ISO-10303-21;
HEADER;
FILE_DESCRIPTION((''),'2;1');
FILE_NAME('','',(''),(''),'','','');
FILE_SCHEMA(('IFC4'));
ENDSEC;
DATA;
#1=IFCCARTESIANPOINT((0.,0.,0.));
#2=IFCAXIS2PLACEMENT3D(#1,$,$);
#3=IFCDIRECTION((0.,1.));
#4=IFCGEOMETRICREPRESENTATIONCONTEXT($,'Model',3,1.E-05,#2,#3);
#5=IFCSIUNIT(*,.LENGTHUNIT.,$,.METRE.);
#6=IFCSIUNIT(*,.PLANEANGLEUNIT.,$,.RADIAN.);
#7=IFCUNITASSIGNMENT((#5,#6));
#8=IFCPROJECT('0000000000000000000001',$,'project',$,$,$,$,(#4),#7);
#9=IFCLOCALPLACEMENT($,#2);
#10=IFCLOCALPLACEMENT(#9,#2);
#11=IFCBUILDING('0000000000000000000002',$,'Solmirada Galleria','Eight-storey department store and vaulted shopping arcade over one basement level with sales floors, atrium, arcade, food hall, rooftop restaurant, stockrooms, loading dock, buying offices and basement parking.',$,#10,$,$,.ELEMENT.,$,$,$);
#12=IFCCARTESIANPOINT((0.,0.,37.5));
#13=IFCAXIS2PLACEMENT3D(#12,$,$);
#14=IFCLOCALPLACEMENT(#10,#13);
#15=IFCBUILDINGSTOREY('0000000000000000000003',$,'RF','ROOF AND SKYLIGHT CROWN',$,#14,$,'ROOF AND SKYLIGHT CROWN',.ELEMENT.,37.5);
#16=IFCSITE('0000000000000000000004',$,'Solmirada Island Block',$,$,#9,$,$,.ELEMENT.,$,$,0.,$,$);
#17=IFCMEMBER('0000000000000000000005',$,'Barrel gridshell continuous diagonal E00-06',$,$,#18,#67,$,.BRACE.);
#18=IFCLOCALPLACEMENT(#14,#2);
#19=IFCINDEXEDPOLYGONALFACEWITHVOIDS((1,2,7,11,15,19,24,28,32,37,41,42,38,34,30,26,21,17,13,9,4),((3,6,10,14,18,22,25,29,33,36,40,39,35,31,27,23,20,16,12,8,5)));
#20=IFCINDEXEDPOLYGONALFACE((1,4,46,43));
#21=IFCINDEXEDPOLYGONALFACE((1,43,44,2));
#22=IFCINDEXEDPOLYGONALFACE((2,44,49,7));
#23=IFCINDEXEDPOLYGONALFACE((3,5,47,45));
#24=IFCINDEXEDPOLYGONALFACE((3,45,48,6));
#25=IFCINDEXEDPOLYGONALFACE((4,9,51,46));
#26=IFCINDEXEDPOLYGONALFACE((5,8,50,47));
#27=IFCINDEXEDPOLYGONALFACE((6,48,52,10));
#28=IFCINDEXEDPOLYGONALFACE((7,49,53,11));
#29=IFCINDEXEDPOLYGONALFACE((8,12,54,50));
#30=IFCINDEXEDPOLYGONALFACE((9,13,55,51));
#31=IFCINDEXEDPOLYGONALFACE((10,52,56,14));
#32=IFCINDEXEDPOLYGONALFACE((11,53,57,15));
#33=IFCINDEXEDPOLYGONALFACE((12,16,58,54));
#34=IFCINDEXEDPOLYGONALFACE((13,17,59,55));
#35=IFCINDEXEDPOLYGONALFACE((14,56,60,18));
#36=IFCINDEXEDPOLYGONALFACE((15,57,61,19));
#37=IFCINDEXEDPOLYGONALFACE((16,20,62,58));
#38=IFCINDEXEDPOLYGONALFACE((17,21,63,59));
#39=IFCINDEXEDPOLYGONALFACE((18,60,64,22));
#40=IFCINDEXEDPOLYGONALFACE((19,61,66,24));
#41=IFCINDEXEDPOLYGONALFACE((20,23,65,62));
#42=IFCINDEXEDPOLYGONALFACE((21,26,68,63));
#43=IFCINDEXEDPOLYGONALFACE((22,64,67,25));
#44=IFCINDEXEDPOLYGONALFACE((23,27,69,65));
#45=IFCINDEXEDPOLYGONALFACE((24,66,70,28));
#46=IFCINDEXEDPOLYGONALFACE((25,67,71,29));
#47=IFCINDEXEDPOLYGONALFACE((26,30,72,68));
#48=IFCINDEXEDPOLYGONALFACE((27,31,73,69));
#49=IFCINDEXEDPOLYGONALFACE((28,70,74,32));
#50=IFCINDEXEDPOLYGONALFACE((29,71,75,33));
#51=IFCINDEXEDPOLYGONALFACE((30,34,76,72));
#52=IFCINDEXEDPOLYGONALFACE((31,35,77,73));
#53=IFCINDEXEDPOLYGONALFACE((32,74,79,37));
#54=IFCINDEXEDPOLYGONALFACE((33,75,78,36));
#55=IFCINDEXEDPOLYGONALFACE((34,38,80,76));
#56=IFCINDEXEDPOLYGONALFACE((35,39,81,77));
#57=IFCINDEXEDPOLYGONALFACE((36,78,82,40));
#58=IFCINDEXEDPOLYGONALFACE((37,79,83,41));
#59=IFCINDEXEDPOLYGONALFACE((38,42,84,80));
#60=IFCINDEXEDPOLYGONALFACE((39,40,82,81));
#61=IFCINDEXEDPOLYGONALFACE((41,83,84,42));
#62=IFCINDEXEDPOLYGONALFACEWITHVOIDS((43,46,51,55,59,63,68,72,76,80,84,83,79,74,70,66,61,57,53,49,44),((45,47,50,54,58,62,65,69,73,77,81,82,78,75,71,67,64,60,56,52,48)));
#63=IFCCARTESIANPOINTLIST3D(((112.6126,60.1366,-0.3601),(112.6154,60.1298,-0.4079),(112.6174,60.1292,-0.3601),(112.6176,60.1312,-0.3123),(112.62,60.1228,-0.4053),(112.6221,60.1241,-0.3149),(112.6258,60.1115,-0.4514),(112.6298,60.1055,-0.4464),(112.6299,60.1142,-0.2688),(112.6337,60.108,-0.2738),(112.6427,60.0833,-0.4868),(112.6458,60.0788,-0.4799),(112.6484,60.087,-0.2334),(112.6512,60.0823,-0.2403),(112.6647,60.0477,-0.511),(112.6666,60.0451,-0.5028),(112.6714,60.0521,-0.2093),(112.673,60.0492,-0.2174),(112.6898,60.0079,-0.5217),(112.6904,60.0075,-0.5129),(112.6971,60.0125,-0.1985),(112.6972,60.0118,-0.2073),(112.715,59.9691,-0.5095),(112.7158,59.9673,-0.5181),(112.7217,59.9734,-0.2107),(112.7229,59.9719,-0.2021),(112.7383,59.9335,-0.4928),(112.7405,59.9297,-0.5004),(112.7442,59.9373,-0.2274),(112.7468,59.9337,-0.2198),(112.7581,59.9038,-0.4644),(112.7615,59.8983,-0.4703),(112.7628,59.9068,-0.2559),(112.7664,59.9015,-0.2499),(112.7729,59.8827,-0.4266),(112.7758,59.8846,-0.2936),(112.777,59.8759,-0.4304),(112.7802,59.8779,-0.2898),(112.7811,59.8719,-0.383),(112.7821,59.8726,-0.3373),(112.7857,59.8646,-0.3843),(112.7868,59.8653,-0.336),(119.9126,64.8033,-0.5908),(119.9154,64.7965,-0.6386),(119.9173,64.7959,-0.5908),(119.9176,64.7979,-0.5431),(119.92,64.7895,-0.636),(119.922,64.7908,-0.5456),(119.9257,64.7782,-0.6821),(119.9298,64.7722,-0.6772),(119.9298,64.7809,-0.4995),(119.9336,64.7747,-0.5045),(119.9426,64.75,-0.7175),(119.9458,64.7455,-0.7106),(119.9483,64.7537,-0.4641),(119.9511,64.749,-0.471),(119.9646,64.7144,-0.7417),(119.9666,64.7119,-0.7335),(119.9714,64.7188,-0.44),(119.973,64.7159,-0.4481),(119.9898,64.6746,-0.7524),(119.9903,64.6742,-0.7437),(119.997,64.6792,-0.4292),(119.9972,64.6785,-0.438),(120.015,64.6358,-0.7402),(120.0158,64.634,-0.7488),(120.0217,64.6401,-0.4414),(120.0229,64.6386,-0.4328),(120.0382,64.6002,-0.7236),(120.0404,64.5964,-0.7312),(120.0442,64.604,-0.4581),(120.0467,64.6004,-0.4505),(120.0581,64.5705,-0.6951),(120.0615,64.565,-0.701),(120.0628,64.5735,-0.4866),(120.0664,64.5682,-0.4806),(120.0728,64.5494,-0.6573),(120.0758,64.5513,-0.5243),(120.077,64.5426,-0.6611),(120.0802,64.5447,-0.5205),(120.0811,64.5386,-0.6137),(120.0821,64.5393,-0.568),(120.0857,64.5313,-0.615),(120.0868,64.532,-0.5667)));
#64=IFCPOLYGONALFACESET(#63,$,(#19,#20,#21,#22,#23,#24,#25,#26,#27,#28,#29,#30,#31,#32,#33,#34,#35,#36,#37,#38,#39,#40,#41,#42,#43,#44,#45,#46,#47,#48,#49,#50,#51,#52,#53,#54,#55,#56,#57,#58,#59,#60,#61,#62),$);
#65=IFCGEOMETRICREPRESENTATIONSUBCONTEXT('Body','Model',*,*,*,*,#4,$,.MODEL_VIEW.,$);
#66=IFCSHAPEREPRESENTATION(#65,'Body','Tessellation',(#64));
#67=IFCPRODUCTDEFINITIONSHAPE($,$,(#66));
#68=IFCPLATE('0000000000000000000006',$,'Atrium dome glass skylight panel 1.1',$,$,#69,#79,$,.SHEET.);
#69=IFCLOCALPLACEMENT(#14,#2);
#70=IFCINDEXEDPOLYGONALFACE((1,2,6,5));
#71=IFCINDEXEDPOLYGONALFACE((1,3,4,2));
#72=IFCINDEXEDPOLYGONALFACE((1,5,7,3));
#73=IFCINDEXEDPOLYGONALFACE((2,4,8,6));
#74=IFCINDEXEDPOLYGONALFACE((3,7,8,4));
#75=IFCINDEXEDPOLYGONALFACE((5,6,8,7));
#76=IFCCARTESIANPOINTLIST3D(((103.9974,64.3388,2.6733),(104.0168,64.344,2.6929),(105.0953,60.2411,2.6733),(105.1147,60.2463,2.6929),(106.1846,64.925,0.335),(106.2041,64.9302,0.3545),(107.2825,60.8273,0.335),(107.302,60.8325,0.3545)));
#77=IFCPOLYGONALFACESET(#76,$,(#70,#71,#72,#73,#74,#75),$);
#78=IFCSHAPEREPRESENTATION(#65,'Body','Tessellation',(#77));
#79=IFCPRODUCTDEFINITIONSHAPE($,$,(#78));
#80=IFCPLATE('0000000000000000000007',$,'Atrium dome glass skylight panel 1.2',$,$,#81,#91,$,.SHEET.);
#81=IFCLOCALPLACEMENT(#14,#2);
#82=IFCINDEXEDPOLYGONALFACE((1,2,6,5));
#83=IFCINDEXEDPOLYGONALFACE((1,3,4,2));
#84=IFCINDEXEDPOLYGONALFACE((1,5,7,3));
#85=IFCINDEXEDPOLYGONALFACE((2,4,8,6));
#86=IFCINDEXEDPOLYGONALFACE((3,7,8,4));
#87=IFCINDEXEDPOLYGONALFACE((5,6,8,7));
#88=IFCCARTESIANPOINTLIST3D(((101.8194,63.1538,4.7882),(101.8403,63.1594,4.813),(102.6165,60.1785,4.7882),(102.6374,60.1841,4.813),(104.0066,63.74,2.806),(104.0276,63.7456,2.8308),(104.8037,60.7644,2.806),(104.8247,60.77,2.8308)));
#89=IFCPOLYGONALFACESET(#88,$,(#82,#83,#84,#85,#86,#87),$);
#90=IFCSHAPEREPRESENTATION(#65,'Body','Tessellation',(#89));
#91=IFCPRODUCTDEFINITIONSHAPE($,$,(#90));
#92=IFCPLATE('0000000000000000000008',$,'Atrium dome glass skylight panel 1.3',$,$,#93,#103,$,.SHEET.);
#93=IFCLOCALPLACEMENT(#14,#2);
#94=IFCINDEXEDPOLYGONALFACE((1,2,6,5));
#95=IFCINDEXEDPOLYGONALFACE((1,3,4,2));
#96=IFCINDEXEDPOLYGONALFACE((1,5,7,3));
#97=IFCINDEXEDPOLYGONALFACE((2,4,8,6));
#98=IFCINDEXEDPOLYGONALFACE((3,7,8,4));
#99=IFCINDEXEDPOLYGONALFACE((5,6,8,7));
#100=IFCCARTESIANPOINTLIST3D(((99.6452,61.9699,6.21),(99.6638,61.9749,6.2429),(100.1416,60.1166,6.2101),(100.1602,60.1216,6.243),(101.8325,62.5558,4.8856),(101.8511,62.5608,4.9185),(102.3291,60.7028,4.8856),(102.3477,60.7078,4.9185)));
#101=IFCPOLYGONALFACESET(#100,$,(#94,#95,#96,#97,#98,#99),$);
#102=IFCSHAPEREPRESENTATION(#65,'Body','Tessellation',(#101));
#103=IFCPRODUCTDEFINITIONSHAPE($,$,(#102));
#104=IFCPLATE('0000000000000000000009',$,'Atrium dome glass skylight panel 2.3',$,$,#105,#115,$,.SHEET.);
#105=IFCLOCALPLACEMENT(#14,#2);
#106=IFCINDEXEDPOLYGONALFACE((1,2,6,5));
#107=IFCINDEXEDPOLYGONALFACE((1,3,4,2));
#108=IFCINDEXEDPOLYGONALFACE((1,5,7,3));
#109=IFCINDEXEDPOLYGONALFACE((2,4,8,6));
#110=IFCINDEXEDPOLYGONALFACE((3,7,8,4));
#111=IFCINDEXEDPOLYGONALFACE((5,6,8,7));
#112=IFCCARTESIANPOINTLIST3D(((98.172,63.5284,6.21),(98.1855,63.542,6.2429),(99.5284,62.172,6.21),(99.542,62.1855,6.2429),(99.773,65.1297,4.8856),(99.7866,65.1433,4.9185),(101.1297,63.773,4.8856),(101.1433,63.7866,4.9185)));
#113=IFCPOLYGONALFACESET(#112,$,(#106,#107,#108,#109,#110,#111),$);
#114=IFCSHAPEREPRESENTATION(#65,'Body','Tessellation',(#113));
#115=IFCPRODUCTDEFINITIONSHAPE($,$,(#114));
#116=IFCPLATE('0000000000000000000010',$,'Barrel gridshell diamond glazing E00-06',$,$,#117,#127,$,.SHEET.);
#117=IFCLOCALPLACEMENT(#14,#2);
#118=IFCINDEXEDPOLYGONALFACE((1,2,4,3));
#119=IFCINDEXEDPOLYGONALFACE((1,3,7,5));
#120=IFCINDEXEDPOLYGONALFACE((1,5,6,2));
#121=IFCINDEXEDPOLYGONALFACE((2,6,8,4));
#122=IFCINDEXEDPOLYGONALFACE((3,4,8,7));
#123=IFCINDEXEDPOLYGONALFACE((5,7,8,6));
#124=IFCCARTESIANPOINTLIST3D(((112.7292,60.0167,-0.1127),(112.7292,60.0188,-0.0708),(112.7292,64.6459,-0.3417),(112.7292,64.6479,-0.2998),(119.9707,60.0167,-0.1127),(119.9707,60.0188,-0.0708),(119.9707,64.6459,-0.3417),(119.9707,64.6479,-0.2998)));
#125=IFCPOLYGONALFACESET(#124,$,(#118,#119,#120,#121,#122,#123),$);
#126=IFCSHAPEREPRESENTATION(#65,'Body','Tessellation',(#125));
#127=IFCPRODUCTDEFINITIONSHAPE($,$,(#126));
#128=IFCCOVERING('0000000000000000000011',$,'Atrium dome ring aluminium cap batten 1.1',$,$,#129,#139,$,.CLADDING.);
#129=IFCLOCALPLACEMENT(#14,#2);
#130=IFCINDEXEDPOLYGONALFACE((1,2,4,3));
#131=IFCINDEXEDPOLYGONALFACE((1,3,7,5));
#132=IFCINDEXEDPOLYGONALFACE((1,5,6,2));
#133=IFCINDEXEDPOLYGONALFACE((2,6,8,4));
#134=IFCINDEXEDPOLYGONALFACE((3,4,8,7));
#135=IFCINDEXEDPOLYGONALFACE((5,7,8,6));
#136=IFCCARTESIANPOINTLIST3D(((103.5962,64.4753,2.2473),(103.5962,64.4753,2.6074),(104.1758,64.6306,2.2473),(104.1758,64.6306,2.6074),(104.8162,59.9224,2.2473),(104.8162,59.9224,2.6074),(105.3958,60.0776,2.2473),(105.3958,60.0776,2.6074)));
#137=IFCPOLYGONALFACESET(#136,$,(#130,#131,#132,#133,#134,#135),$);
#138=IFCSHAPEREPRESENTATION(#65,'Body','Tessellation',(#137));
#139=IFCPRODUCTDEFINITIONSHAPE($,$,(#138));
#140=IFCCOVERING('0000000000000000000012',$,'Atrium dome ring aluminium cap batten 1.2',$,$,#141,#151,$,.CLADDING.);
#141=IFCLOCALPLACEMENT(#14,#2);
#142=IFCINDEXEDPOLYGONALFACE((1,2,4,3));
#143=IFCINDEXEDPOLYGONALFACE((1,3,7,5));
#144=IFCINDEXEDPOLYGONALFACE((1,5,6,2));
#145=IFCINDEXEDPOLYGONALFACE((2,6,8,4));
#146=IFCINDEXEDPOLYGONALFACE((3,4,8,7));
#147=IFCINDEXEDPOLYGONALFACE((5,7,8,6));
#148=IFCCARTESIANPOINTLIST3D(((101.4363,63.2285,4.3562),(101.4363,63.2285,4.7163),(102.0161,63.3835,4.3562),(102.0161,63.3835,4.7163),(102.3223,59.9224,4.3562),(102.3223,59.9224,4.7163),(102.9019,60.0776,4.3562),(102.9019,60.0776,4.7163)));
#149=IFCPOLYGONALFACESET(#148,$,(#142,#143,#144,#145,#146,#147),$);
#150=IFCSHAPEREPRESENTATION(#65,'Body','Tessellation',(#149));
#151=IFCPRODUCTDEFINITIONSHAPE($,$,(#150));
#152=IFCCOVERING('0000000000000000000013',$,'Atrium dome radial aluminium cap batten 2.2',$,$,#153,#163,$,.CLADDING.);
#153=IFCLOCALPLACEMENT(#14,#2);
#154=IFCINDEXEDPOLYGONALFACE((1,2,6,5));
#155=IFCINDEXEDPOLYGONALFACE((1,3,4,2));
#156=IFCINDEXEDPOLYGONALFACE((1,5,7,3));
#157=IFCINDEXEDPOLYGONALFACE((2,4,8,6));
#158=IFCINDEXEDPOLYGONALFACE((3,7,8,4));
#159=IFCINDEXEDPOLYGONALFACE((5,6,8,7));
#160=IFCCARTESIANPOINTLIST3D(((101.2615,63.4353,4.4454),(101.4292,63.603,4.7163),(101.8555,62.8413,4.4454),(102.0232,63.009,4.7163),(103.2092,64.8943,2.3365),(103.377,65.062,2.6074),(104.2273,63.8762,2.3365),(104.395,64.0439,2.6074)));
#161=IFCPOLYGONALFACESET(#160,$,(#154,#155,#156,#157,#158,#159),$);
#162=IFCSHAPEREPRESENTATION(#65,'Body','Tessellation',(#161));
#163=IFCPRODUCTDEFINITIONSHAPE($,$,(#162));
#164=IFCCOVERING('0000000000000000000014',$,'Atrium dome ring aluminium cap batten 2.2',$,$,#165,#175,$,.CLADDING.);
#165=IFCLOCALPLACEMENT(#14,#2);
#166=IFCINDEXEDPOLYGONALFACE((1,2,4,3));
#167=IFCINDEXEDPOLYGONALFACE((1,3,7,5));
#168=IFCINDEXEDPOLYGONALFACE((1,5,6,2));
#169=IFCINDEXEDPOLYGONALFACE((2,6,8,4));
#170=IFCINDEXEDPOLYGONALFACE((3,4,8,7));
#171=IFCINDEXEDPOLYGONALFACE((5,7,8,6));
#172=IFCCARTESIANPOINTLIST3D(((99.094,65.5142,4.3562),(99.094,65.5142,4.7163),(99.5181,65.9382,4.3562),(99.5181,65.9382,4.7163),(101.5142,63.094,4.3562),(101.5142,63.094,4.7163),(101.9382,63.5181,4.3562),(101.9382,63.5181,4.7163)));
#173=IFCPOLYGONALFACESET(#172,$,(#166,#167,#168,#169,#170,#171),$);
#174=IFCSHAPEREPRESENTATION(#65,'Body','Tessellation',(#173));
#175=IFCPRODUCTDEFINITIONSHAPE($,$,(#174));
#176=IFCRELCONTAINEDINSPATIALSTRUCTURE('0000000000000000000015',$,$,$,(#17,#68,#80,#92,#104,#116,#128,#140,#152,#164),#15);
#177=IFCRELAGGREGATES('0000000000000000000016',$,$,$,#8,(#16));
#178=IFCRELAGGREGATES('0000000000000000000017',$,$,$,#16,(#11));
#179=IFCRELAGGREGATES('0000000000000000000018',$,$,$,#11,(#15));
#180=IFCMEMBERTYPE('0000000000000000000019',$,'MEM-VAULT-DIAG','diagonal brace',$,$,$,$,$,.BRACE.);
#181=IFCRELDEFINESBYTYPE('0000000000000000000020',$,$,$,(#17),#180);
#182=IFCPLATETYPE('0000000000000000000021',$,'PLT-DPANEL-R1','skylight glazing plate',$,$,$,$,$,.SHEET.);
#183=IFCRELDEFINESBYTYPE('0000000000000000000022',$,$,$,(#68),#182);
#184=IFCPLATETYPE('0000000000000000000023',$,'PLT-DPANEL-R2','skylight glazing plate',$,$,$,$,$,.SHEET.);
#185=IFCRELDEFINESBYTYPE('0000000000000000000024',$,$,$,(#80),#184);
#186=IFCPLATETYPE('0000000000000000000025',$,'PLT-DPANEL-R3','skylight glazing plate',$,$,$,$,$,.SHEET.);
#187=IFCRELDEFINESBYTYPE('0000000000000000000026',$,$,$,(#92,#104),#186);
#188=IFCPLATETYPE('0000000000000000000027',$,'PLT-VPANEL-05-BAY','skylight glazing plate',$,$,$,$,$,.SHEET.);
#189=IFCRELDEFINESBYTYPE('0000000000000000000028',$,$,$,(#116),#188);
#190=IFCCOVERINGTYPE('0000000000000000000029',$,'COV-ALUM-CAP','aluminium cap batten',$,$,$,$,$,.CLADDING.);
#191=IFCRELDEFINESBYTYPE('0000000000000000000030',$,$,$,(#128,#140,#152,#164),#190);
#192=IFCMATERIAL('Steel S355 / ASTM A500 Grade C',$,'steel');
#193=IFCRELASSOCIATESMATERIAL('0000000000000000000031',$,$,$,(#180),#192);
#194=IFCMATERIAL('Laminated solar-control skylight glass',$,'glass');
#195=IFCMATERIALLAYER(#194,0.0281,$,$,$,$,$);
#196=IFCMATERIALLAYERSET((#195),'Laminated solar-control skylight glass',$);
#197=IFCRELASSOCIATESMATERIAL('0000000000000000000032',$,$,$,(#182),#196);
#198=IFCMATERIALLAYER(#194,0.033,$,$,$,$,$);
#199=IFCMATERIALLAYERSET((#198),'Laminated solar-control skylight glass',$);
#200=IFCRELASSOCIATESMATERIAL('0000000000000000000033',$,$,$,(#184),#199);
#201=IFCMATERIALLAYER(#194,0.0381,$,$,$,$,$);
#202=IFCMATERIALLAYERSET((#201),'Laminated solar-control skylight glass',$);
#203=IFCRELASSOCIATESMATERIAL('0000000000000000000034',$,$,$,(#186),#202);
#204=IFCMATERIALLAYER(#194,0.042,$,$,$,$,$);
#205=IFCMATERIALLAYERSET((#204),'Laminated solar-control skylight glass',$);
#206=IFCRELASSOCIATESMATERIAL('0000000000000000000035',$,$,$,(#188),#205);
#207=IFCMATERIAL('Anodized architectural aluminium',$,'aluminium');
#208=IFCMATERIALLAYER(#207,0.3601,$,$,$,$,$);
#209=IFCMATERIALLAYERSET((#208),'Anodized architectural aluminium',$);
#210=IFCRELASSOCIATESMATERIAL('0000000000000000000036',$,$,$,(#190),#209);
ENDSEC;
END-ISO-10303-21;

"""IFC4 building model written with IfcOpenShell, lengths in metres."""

from ifc_helpers import new_model, si_unit, direction, frame, origin, origin_2d, place, context, subcontext, project, spatial, polyline, hollow_circle, outline, extrude, material, layer, layer_set, material_profile, profile_set, type_object, element, save


model = new_model("IFC4")

# Units and contexts
model_context = context("Model", 3, precision=1e-05, world=origin(), true_north=direction((0.0, 1.0)))
body_context = subcontext(model_context, "Body", "Model", "MODEL_VIEW")
ifc_project = project(units=[si_unit("LENGTHUNIT", "METRE"), si_unit("PLANEANGLEUNIT", "RADIAN")], contexts=[model_context])

# Site, building, storey
site_placement = place(None, origin())
site = spatial("IfcSite", under=ifc_project, at=site_placement, Name="Solmirada Island Block", CompositionType="ELEMENT", RefElevation=0.0)
building_placement = place(site_placement, origin())
building = spatial("IfcBuilding", under=site, at=building_placement, Name="Solmirada Galleria", Description="Eight-storey department store and vaulted shopping arcade over one basement level with sales floors, atrium, arcade, food hall, rooftop restaurant, stockrooms, loading dock, buying offices and basement parking.", CompositionType="ELEMENT")
storey_placement = place(building_placement, frame((0.0, 0.0, 37.5)))
storey = spatial("IfcBuildingStorey", under=building, at=storey_placement, Name="RF", Description="ROOF AND SKYLIGHT CROWN", LongName="ROOF AND SKYLIGHT CROWN", CompositionType="ELEMENT", Elevation=37.5)

# Member
ifc_material_1 = material(Name="Steel S355 / ASTM A500 Grade C", Category="steel")
ifc_material_profile_1 = material_profile(ifc_material_1, hollow_circle(Radius=0.1621, WallThickness=0.0088, at=origin_2d()), Name="HSS12.750X0.375")
ifc_profile_set_1 = profile_set([ifc_material_profile_1], Name="Steel S355 / ASTM A500 Grade C")
member_type_1 = type_object("IfcMemberType", Name="MEM-VAULT-DIAG", Description="diagonal brace", PredefinedType="BRACE", material=ifc_profile_set_1)
member_1_placement = place(storey_placement, frame((112.7, 60.0, -0.3601), z_axis=(0.84225, 0.53843, -0.026619), x_axis=(-0.538621, 0.842548, 0.0)))
element("IfcMember", 1, at=member_1_placement, inside=storey, type_object=member_type_1, Name="Barrel gridshell continuous diagonal E00-06", PredefinedType="BRACE", context=body_context, shape_type="SweptSolid", body=[
    extrude(hollow_circle(Radius=0.1621, WallThickness=0.0088, at=origin_2d()), origin(), (0.0, 0.0, 1.0), 8.6672),
])

# Plates
ifc_material_2 = material(Name="Laminated solar-control skylight glass", Category="glass")
ifc_layer_1 = layer(ifc_material_2, 0.0281)
ifc_layer_set_1 = layer_set([ifc_layer_1], Name="Laminated solar-control skylight glass")
plate_type_1 = type_object("IfcPlateType", Name="PLT-DPANEL-R1", Description="skylight glazing plate", PredefinedType="SHEET", material=ifc_layer_set_1)
plate_1_placement = place(storey_placement, frame((107.302, 60.8325, 0.3545), z_axis=(0.693897, 0.185919, 0.695658), x_axis=(-0.258805, 0.96593, 0.0)))
element("IfcPlate", 2, at=plate_1_placement, inside=storey, type_object=plate_type_1, Name="Atrium dome glass skylight panel 1.1", PredefinedType="SHEET", context=body_context, shape_type="SweptSolid", body=[
    extrude(outline(polyline([(0.0, 0.0), (4.2422, 0.0), (4.2421, 3.2551), (-0.0001, 3.2551), (0.0, 0.0)])), origin(), (0.0, 0.0, -1.0), 0.0281),
])
ifc_layer_2 = layer(ifc_material_2, 0.033)
ifc_layer_set_2 = layer_set([ifc_layer_2], Name="Laminated solar-control skylight glass")
plate_type_2 = type_object("IfcPlateType", Name="PLT-DPANEL-R2", Description="skylight glazing plate", PredefinedType="SHEET", material=ifc_layer_set_2)
plate_2_placement = place(storey_placement, frame((104.8247, 60.77, 2.8308), z_axis=(0.636224, 0.170443, 0.752442), x_axis=(-0.258767, 0.96594, -0.000005)))
element("IfcPlate", 3, at=plate_2_placement, inside=storey, type_object=plate_type_2, Name="Atrium dome glass skylight panel 1.2", PredefinedType="SHEET", context=body_context, shape_type="SweptSolid", body=[
    extrude(outline(polyline([(0.0, 0.0), (3.0805, 0.0), (3.0803, 3.0094), (0.0, 3.0094), (0.0, 0.0)])), origin(), (0.0, 0.0, -1.0), 0.033),
])
ifc_layer_3 = layer(ifc_material_2, 0.0381)
ifc_layer_set_3 = layer_set([ifc_layer_3], Name="Laminated solar-control skylight glass")
plate_type_3 = type_object("IfcPlateType", Name="PLT-DPANEL-R3", Description="skylight glazing plate", PredefinedType="SHEET", material=ifc_layer_set_3)
plate_3_placement = place(storey_placement, frame((102.3477, 60.7078, 4.9185), z_axis=(0.487666, 0.130646, 0.8632), x_axis=(-0.258831, 0.965923, 0.000034)))
element("IfcPlate", 4, at=plate_3_placement, inside=storey, type_object=plate_type_3, Name="Atrium dome glass skylight panel 1.3", PredefinedType="SHEET", context=body_context, shape_type="SweptSolid", body=[
    extrude(outline(polyline([(0.0, 0.0), (1.9184, 0.0), (1.9186, 2.6233), (0.0, 2.6235), (0.0, 0.0)])), origin(), (0.0, 0.0, -1.0), 0.0381),
])
plate_4_placement = place(storey_placement, frame((101.1433, 63.7866, 4.9185), z_axis=(0.357003, 0.357003, 0.86319), x_axis=(-0.707107, 0.707107, 0.0)))
element("IfcPlate", 5, at=plate_4_placement, inside=storey, type_object=plate_type_3, Name="Atrium dome glass skylight panel 2.3", PredefinedType="SHEET", context=body_context, shape_type="SweptSolid", body=[
    extrude(outline(polyline([(0.0, 0.0), (1.9186, 0.0), (1.9185, 2.6233), (0.0002, 2.6233), (0.0, 0.0)])), origin(), (0.0, 0.0, -1.0), 0.0381),
])
ifc_layer_4 = layer(ifc_material_2, 0.042)
ifc_layer_set_4 = layer_set([ifc_layer_4], Name="Laminated solar-control skylight glass")
plate_type_4 = type_object("IfcPlateType", Name="PLT-VPANEL-05-BAY", Description="skylight glazing plate", PredefinedType="SHEET", material=ifc_layer_set_4)
plate_5_placement = place(storey_placement, frame((112.7292, 60.0188, -0.0708), z_axis=(0.0, 0.04941, 0.998779), x_axis=(1.0, 0.0, 0.0)))
element("IfcPlate", 6, at=plate_5_placement, inside=storey, type_object=plate_type_4, Name="Barrel gridshell diamond glazing E00-06", PredefinedType="SHEET", context=body_context, shape_type="SweptSolid", body=[
    extrude(outline(polyline([(0.0, 0.0), (7.2415, 0.0), (7.2415, 4.6348), (0.0, 4.6348), (0.0, 0.0)])), origin(), (0.0, 0.0, -1.0), 0.042),
])

# Coverings
ifc_material_3 = material(Name="Anodized architectural aluminium", Category="aluminium")
ifc_layer_5 = layer(ifc_material_3, 0.3601)
ifc_layer_set_5 = layer_set([ifc_layer_5], Name="Anodized architectural aluminium")
covering_type = type_object("IfcCoveringType", Name="COV-ALUM-CAP", Description="aluminium cap batten", PredefinedType="CLADDING", material=ifc_layer_set_5)
covering_1_placement = place(storey_placement, frame((105.3958, 60.0776, 2.6074), z_axis=(0.0, 0.0, 1.0), x_axis=(-0.965937, -0.258777, 0.0)))
element("IfcCovering", 7, at=covering_1_placement, inside=storey, type_object=covering_type, Name="Atrium dome ring aluminium cap batten 1.1", PredefinedType="CLADDING", context=body_context, shape_type="SweptSolid", body=[
    extrude(outline(polyline([(0.0, 0.0), (0.6, 0.0), (0.6002, -4.7136), (0.0002, -4.7136), (0.0, 0.0)])), origin(), (0.0, 0.0, -1.0), 0.3601),
])
covering_2_placement = place(storey_placement, frame((102.9019, 60.0776, 4.7163), z_axis=(0.0, 0.0, 1.0), x_axis=(-0.965937, -0.258777, 0.0)))
element("IfcCovering", 8, at=covering_2_placement, inside=storey, type_object=covering_type, Name="Atrium dome ring aluminium cap batten 1.2", PredefinedType="CLADDING", context=body_context, shape_type="SweptSolid", body=[
    extrude(outline(polyline([(0.0, 0.0), (0.6, 0.0), (0.6003, -3.4228), (0.0001, -3.4225), (0.0, 0.0)])), origin(), (0.0, 0.0, -1.0), 0.3601),
])
covering_3_placement = place(storey_placement, frame((104.395, 64.0439, 2.6074), z_axis=(0.465768, 0.465768, 0.75241), x_axis=(-0.707107, 0.707107, 0.0)))
element("IfcCovering", 9, at=covering_3_placement, inside=storey, type_object=covering_type, Name="Atrium dome radial aluminium cap batten 2.2", PredefinedType="CLADDING", context=body_context, shape_type="SweptSolid", body=[
    extrude(outline(polyline([(0.0, 0.0), (1.4398, 0.0), (1.7854, 3.2016), (0.9453, 3.2016), (0.0, 0.0)])), origin(), (0.0, 0.0, -1.0), 0.3601),
])
covering_4_placement = place(storey_placement, frame((101.9382, 63.5181, 4.7163), z_axis=(0.0, 0.0, 1.0), x_axis=(-0.707107, -0.707107, 0.0)))
element("IfcCovering", 10, at=covering_4_placement, inside=storey, type_object=covering_type, Name="Atrium dome ring aluminium cap batten 2.2", PredefinedType="CLADDING", context=body_context, shape_type="SweptSolid", body=[
    extrude(outline(polyline([(0.0, 0.0), (0.5997, 0.0), (0.5997, -3.4226), (0.0, -3.4226), (0.0, 0.0)])), origin(), (0.0, 0.0, -1.0), 0.3601),
])

save(model, "model.ifc")
